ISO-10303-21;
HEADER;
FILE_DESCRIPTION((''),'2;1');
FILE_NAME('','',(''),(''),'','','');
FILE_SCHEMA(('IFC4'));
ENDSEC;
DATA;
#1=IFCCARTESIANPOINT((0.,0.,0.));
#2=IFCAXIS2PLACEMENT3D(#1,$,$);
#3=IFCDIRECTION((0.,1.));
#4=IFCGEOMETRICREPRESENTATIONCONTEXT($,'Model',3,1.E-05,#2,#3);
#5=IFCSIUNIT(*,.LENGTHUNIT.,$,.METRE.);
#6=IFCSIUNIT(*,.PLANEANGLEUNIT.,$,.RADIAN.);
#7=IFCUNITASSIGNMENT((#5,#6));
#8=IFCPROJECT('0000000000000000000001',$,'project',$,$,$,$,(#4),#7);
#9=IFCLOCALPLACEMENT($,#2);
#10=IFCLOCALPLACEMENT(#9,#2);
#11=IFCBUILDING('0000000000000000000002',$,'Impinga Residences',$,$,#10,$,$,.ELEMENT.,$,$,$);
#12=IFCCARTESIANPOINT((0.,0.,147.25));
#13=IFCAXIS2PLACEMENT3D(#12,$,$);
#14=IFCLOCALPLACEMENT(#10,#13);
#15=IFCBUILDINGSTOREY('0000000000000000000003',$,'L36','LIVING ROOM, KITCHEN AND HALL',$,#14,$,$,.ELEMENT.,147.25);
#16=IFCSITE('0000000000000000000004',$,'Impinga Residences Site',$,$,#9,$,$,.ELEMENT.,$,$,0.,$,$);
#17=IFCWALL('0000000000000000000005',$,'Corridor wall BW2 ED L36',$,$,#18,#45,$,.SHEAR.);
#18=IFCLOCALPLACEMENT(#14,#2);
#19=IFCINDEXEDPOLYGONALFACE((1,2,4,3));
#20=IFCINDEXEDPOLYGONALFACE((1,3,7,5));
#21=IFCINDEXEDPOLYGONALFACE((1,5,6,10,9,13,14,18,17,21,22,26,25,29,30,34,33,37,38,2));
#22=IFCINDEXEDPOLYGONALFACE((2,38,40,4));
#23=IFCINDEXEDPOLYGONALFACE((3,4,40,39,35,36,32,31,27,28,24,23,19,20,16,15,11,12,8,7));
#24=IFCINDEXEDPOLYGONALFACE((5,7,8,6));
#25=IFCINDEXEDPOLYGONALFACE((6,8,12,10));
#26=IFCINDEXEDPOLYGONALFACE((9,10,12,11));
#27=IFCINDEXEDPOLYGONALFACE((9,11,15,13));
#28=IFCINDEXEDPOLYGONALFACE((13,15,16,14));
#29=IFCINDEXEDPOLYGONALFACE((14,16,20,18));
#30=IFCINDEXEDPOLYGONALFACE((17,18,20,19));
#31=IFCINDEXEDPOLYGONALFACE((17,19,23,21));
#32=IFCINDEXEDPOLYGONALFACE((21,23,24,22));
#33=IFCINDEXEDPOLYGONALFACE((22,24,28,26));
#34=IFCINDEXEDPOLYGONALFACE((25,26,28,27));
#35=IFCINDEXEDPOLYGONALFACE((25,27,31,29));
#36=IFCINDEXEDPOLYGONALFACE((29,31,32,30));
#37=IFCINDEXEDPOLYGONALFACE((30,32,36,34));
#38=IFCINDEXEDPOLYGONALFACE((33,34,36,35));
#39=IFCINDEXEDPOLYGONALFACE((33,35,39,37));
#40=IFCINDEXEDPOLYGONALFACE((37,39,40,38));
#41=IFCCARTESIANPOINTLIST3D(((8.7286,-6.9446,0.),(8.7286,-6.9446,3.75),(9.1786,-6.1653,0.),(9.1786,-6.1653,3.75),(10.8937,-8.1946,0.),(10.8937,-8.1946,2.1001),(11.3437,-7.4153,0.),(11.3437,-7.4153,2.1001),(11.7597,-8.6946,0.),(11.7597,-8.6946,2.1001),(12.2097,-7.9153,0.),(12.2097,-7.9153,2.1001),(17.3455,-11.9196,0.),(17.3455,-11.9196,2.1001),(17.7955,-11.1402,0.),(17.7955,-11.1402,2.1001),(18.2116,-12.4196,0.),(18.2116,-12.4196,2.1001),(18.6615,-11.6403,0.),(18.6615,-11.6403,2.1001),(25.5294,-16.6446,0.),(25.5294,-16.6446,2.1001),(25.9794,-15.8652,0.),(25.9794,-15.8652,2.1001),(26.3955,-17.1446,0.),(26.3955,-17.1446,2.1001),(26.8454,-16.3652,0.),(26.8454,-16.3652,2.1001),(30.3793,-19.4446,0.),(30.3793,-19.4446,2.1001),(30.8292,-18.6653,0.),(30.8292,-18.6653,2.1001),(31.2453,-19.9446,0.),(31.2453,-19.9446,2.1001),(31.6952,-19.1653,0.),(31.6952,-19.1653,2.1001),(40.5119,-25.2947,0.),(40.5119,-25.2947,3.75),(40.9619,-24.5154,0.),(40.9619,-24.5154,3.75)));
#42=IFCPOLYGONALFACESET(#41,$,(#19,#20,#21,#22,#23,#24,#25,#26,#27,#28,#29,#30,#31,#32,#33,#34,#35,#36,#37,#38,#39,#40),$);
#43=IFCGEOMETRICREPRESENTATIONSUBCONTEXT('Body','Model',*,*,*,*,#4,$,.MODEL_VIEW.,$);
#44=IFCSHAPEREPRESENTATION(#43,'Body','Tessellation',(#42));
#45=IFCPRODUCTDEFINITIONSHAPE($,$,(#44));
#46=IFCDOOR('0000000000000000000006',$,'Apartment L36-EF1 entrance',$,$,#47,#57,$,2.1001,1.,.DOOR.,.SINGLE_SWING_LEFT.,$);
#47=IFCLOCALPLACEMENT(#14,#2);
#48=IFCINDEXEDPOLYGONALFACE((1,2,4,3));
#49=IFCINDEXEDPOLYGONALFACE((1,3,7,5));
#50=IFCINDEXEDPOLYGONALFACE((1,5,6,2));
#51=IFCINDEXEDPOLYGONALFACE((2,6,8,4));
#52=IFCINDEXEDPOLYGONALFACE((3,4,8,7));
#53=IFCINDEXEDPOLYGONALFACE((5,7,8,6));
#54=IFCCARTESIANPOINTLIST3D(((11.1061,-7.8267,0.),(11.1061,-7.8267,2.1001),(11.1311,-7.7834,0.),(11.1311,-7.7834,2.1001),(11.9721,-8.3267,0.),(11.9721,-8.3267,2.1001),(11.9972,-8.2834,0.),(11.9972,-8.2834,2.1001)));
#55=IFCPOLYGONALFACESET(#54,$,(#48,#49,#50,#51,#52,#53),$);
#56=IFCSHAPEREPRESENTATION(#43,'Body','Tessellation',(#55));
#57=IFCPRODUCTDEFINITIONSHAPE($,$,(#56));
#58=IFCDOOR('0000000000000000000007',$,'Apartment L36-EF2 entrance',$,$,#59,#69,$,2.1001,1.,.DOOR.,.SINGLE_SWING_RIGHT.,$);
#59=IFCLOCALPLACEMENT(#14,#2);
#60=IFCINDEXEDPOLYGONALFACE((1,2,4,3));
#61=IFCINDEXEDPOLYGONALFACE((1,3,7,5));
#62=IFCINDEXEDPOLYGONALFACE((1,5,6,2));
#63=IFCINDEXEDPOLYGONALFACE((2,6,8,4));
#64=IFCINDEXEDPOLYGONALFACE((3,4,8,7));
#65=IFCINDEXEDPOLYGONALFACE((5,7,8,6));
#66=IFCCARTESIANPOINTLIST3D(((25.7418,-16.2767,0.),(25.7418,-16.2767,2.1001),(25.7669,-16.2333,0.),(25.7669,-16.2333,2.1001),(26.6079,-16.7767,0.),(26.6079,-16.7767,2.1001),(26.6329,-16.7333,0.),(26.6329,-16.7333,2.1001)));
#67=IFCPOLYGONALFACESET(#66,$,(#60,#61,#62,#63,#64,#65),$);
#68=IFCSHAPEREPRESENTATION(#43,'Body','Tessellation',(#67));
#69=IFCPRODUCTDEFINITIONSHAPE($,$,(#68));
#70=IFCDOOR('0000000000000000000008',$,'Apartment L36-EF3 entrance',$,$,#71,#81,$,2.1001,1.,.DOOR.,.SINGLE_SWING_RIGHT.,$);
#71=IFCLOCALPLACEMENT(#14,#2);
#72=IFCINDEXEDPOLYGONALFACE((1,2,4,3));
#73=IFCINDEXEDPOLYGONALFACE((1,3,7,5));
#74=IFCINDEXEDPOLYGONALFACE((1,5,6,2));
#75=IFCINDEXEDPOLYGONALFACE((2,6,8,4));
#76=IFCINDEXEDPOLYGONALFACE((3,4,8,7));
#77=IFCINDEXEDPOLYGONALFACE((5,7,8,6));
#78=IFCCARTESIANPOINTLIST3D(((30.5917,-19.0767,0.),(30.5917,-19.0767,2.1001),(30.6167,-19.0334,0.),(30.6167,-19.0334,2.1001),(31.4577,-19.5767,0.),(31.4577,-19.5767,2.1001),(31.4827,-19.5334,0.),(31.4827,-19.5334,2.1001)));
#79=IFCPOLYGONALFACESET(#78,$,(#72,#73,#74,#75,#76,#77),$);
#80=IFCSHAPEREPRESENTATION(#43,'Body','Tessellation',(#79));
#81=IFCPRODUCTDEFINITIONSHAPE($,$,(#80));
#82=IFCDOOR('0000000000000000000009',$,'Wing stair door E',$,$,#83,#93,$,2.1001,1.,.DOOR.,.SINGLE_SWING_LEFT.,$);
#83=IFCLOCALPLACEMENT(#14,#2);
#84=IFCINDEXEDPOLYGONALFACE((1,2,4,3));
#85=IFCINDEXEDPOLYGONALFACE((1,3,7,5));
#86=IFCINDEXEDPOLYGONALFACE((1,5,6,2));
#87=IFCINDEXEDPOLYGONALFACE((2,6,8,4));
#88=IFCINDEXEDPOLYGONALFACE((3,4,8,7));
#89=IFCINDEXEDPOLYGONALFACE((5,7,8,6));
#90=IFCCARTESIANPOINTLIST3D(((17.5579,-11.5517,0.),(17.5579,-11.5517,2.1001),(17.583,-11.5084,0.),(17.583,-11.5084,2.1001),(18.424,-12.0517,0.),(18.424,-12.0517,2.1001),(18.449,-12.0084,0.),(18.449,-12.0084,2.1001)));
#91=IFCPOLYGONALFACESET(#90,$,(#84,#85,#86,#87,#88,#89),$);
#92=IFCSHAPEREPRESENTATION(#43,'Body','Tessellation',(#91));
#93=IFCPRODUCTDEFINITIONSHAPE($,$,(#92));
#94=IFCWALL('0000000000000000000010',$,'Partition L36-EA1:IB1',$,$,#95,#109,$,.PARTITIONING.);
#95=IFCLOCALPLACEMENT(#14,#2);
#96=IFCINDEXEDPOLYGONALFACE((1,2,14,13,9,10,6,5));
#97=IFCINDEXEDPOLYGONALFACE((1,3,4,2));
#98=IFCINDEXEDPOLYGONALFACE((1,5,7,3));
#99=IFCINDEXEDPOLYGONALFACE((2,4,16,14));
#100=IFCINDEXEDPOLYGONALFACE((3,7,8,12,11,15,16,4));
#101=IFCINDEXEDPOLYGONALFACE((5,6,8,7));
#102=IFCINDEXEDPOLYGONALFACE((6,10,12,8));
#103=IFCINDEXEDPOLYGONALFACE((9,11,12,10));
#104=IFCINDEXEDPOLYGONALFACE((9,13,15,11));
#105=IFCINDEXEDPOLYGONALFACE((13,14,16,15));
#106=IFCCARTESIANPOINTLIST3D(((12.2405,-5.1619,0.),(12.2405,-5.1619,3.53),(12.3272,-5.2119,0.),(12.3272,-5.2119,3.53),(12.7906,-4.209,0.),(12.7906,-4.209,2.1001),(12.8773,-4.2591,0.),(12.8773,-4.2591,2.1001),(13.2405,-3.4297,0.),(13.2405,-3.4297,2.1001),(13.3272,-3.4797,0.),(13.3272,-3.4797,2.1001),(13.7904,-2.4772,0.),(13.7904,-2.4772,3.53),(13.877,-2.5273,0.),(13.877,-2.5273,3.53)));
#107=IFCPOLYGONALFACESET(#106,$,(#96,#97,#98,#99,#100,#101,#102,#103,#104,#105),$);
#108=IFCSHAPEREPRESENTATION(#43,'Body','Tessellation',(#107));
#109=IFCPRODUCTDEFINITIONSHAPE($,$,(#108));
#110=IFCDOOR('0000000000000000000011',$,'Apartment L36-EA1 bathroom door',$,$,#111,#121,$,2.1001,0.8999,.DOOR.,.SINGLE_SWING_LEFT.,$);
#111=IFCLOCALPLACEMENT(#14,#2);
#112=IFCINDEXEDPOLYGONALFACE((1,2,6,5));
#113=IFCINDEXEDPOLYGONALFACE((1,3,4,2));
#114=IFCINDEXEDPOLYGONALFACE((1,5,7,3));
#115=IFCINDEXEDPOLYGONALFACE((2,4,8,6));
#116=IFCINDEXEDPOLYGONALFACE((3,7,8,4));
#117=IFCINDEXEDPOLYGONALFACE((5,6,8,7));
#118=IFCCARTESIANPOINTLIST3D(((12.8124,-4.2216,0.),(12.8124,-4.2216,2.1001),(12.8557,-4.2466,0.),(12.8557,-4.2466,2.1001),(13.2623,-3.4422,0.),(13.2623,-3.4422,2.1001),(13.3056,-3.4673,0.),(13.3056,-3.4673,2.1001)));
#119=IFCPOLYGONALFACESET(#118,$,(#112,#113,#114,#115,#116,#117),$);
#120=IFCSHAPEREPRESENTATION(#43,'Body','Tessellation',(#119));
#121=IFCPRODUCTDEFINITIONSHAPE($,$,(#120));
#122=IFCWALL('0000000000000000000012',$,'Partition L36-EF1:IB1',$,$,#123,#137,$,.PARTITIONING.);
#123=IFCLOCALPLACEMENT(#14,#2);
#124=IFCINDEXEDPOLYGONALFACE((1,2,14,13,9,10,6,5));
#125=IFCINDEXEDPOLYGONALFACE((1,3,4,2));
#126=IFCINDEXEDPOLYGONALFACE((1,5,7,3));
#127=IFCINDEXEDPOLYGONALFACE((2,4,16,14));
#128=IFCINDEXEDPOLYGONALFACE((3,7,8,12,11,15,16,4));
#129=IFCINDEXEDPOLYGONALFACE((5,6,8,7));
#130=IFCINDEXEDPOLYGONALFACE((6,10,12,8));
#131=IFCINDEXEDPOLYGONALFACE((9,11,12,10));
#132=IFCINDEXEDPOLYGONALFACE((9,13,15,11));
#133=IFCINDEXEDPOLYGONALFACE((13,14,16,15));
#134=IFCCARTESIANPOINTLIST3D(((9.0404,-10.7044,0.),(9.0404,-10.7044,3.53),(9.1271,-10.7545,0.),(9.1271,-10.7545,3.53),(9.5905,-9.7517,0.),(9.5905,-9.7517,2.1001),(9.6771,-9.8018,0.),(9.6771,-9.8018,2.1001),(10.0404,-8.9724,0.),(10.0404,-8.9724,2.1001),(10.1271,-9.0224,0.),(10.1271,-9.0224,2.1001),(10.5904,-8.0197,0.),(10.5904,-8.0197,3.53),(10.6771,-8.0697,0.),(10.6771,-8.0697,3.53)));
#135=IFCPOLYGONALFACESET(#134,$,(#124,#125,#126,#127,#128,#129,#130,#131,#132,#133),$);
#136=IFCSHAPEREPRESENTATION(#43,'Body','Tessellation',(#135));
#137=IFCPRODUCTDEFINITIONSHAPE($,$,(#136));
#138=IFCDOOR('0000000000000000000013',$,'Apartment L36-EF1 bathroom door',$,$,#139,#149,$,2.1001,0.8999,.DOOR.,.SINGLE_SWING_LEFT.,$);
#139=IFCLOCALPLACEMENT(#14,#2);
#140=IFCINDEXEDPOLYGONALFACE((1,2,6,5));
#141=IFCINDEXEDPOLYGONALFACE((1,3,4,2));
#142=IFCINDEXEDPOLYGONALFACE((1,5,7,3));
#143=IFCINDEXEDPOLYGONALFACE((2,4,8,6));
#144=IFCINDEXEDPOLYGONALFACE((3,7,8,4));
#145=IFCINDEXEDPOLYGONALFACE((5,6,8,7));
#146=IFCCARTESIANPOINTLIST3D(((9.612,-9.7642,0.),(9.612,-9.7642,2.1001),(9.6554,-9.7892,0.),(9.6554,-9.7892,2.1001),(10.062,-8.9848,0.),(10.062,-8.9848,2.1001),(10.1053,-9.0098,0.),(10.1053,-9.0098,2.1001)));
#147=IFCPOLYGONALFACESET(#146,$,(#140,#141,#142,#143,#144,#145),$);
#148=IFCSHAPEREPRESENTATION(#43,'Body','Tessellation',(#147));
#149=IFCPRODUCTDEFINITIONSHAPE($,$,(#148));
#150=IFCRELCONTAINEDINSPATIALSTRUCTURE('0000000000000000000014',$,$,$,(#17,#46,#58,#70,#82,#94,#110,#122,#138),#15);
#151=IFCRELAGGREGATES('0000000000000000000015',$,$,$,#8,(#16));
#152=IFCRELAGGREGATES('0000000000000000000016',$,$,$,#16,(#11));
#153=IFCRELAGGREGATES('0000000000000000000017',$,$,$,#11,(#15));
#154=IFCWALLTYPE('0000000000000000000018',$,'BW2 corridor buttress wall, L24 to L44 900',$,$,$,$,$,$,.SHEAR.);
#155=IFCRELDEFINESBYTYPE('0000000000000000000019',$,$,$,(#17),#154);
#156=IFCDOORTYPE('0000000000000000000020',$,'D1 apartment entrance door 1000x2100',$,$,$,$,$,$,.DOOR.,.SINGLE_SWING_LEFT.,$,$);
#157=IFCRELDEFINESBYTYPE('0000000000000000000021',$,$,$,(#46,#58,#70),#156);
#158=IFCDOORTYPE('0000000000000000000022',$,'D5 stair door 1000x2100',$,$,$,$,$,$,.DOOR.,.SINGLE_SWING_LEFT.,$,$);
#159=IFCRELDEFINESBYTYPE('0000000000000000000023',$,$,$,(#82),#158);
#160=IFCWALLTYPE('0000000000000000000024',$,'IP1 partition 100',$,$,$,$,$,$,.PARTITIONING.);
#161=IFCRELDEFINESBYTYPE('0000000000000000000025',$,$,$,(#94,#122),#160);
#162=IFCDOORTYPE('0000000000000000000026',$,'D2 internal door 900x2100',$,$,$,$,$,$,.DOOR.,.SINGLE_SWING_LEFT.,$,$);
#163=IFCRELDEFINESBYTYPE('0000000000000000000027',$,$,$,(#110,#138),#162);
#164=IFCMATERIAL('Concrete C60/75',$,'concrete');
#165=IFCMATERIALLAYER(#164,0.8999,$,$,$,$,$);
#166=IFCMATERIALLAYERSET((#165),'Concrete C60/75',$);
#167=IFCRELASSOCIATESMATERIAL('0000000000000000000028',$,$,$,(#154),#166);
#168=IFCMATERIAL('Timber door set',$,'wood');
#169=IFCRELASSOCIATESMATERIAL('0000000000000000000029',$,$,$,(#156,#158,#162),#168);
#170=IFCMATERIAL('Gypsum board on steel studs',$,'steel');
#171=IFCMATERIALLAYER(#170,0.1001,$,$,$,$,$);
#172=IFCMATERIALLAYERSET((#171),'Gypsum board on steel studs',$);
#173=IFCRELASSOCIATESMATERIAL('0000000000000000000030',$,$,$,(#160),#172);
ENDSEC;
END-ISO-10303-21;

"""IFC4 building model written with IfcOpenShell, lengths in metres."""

from ifc_helpers import new_model, si_unit, direction, frame, frame_2d, origin, place, context, subcontext, project, spatial, rectangle, extrude, material, layer, layer_set, type_object, element, fill, save


model = new_model("IFC4")

# Units and contexts
model_context = context("Model", 3, precision=1e-05, world=origin(), true_north=direction((0.0, 1.0)))
body_context = subcontext(model_context, "Body", "Model", "MODEL_VIEW")
ifc_project = project(units=[si_unit("LENGTHUNIT", "METRE"), si_unit("PLANEANGLEUNIT", "RADIAN")], contexts=[model_context])

# Site, building, storey
site_placement = place(None, origin())
site = spatial("IfcSite", under=ifc_project, at=site_placement, Name="Impinga Residences Site", CompositionType="ELEMENT", RefElevation=0.0)
building_placement = place(site_placement, origin())
building = spatial("IfcBuilding", under=site, at=building_placement, Name="Impinga Residences", CompositionType="ELEMENT")
storey_placement = place(building_placement, frame((0.0, 0.0, 147.25)))
storey = spatial("IfcBuildingStorey", under=building, at=storey_placement, Name="L36", Description="LIVING ROOM, KITCHEN AND HALL", CompositionType="ELEMENT", Elevation=147.25)

# Wall, openings, doors
ifc_material_1 = material(Name="Concrete C60/75", Category="concrete")
ifc_layer_1 = layer(ifc_material_1, 0.8999)
ifc_layer_set_1 = layer_set([ifc_layer_1], Name="Concrete C60/75")
wall_type_1 = type_object("IfcWallType", Name="BW2 corridor buttress wall, L24 to L44 900", PredefinedType="SHEAR", material=ifc_layer_set_1)
ifc_material_2 = material(Name="Timber door set", Category="wood")
door_type_1 = type_object("IfcDoorType", Name="D1 apartment entrance door 1000x2100", OperationType="SINGLE_SWING_LEFT", PredefinedType="DOOR", material=ifc_material_2)
wall_1_placement = place(storey_placement, frame((8.9536, -6.5549, 0.0), z_axis=(0.0, 0.0, 1.0), x_axis=(0.866025, -0.500001, 0.0)))
wall_1 = element("IfcWall", 1, at=wall_1_placement, inside=storey, type_object=wall_type_1, Name="Corridor wall BW2 ED L36", PredefinedType="SHEAR", context=body_context, shape_type="SweptSolid", body=[
    extrude(rectangle(XDim=36.7002, YDim=0.8999, at=frame_2d((18.3501, 0.0))), origin(), (0.0, 0.0, 1.0), 3.75),
])
opening_1_placement = place(wall_1_placement, frame((9.95, 0.0, 0.0)))
opening_1 = element("IfcOpeningElement", 2, at=opening_1_placement, cuts=wall_1, PredefinedType="OPENING", context=body_context, shape_type="SweptSolid", body=[
    extrude(rectangle(XDim=1.0, YDim=2.1001, at=frame_2d((0.5, 1.05))), frame((0.0, 0.46, 0.0), z_axis=(0.0, -1.0, 0.0), x_axis=(1.0, 0.0, 0.0)), (0.0, 0.0, 1.0), 0.9199),
])
opening_2_placement = place(wall_1_placement, frame((2.5, 0.0, 0.0)))
opening_2 = element("IfcOpeningElement", 3, at=opening_2_placement, cuts=wall_1, PredefinedType="OPENING", context=body_context, shape_type="SweptSolid", body=[
    extrude(rectangle(XDim=1.0, YDim=2.1001, at=frame_2d((0.5, 1.05))), frame((0.0, 0.46, 0.0), z_axis=(0.0, -1.0, 0.0), x_axis=(1.0, 0.0, 0.0)), (0.0, 0.0, 1.0), 0.9199),
])
opening_3_placement = place(wall_1_placement, frame((19.3999, 0.0, 0.0)))
opening_3 = element("IfcOpeningElement", 4, at=opening_3_placement, cuts=wall_1, PredefinedType="OPENING", context=body_context, shape_type="SweptSolid", body=[
    extrude(rectangle(XDim=1.0, YDim=2.1001, at=frame_2d((0.5, 1.05))), frame((0.0, 0.46, 0.0), z_axis=(0.0, -1.0, 0.0), x_axis=(1.0, 0.0, 0.0)), (0.0, 0.0, 1.0), 0.9199),
])
opening_4_placement = place(wall_1_placement, frame((25.0, 0.0, 0.0)))
opening_4 = element("IfcOpeningElement", 5, at=opening_4_placement, cuts=wall_1, PredefinedType="OPENING", context=body_context, shape_type="SweptSolid", body=[
    extrude(rectangle(XDim=1.0, YDim=2.1001, at=frame_2d((0.5, 1.05))), frame((0.0, 0.46, 0.0), z_axis=(0.0, -1.0, 0.0), x_axis=(1.0, 0.0, 0.0)), (0.0, 0.0, 1.0), 0.9199),
])
door_1_placement = place(opening_2_placement, origin())
door_1 = element("IfcDoor", 6, at=door_1_placement, inside=storey, type_object=door_type_1, Name="Apartment L36-EF1 entrance", OperationType="SINGLE_SWING_LEFT", OverallHeight=2.1001, OverallWidth=1.0, PredefinedType="DOOR", context=body_context, shape_type="SweptSolid", body=[
    extrude(rectangle(XDim=1.0, YDim=2.1001, at=frame_2d((0.5, 1.05))), frame((0.0, 0.0249, 0.0), z_axis=(0.0, -1.0, 0.0), x_axis=(1.0, 0.0, 0.0)), (0.0, 0.0, 1.0), 0.05),
])
fill(opening_2, door_1)
door_2_placement = place(opening_3_placement, origin())
door_2 = element("IfcDoor", 7, at=door_2_placement, inside=storey, type_object=door_type_1, Name="Apartment L36-EF2 entrance", OperationType="SINGLE_SWING_RIGHT", OverallHeight=2.1001, OverallWidth=1.0, PredefinedType="DOOR", context=body_context, shape_type="SweptSolid", body=[
    extrude(rectangle(XDim=1.0, YDim=2.1001, at=frame_2d((0.5, 1.05))), frame((0.0, 0.0249, 0.0), z_axis=(0.0, -1.0, 0.0), x_axis=(1.0, 0.0, 0.0)), (0.0, 0.0, 1.0), 0.05),
])
fill(opening_3, door_2)
door_3_placement = place(opening_4_placement, origin())
door_3 = element("IfcDoor", 8, at=door_3_placement, inside=storey, type_object=door_type_1, Name="Apartment L36-EF3 entrance", OperationType="SINGLE_SWING_RIGHT", OverallHeight=2.1001, OverallWidth=1.0, PredefinedType="DOOR", context=body_context, shape_type="SweptSolid", body=[
    extrude(rectangle(XDim=1.0, YDim=2.1001, at=frame_2d((0.5, 1.05))), frame((0.0, 0.0249, 0.0), z_axis=(0.0, -1.0, 0.0), x_axis=(1.0, 0.0, 0.0)), (0.0, 0.0, 1.0), 0.05),
])
fill(opening_4, door_3)
door_type_2 = type_object("IfcDoorType", Name="D5 stair door 1000x2100", OperationType="SINGLE_SWING_LEFT", PredefinedType="DOOR", material=ifc_material_2)
door_4_placement = place(opening_1_placement, origin())
door_4 = element("IfcDoor", 9, at=door_4_placement, inside=storey, type_object=door_type_2, Name="Wing stair door E", OperationType="SINGLE_SWING_LEFT", OverallHeight=2.1001, OverallWidth=1.0, PredefinedType="DOOR", context=body_context, shape_type="SweptSolid", body=[
    extrude(rectangle(XDim=1.0, YDim=2.1001, at=frame_2d((0.5, 1.05))), frame((0.0, 0.0249, 0.0), z_axis=(0.0, -1.0, 0.0), x_axis=(1.0, 0.0, 0.0)), (0.0, 0.0, 1.0), 0.05),
])
fill(opening_1, door_4)

# Walls, openings, doors
ifc_material_3 = material(Name="Gypsum board on steel studs", Category="steel")
ifc_layer_2 = layer(ifc_material_3, 0.1001)
ifc_layer_set_2 = layer_set([ifc_layer_2], Name="Gypsum board on steel studs")
wall_type_2 = type_object("IfcWallType", Name="IP1 partition 100", PredefinedType="PARTITIONING", material=ifc_layer_set_2)
wall_2_placement = place(storey_placement, frame((12.2839, -5.1868, 0.0), z_axis=(0.0, 0.0, 1.0), x_axis=(0.499968, 0.866044, 0.0)))
wall_2 = element("IfcWall", 10, at=wall_2_placement, inside=storey, type_object=wall_type_2, Name="Partition L36-EA1:IB1", PredefinedType="PARTITIONING", context=body_context, shape_type="SweptSolid", body=[
    extrude(rectangle(XDim=3.0999, YDim=0.1001, at=frame_2d((1.5498, 0.0))), origin(), (0.0, 0.0, 1.0), 3.53),
])
opening_5_placement = place(wall_2_placement, frame((1.1001, 0.0, 0.0)))
opening_5 = element("IfcOpeningElement", 11, at=opening_5_placement, cuts=wall_2, PredefinedType="OPENING", context=body_context, shape_type="SweptSolid", body=[
    extrude(rectangle(XDim=0.8999, YDim=2.1001, at=frame_2d((0.45, 1.05))), frame((0.0, 0.0601, 0.0), z_axis=(0.0, -1.0, 0.0), x_axis=(1.0, 0.0, 0.0)), (0.0, 0.0, 1.0), 0.1201),
])
door_type_3 = type_object("IfcDoorType", Name="D2 internal door 900x2100", OperationType="SINGLE_SWING_LEFT", PredefinedType="DOOR", material=ifc_material_2)
door_5_placement = place(opening_5_placement, origin())
door_5 = element("IfcDoor", 12, at=door_5_placement, inside=storey, type_object=door_type_3, Name="Apartment L36-EA1 bathroom door", OperationType="SINGLE_SWING_LEFT", OverallHeight=2.1001, OverallWidth=0.8999, PredefinedType="DOOR", context=body_context, shape_type="SweptSolid", body=[
    extrude(rectangle(XDim=0.8999, YDim=2.1001, at=frame_2d((0.45, 1.05))), frame((0.0, 0.0249, 0.0), z_axis=(0.0, -1.0, 0.0), x_axis=(1.0, 0.0, 0.0)), (0.0, 0.0, 1.0), 0.05),
])
fill(opening_5, door_5)
wall_3_placement = place(storey_placement, frame((10.6338, -8.0447, 0.0), z_axis=(0.0, 0.0, 1.0), x_axis=(-0.499993, -0.86603, 0.0)))
wall_3 = element("IfcWall", 13, at=wall_3_placement, inside=storey, type_object=wall_type_2, Name="Partition L36-EF1:IB1", PredefinedType="PARTITIONING", context=body_context, shape_type="SweptSolid", body=[
    extrude(rectangle(XDim=3.1001, YDim=0.1001, at=frame_2d((1.55, 0.0))), origin(), (0.0, 0.0, 1.0), 3.53),
])
opening_6_placement = place(wall_3_placement, frame((1.1001, 0.0, 0.0)))
opening_6 = element("IfcOpeningElement", 14, at=opening_6_placement, cuts=wall_3, PredefinedType="OPENING", context=body_context, shape_type="SweptSolid", body=[
    extrude(rectangle(XDim=0.8999, YDim=2.1001, at=frame_2d((0.45, 1.05))), frame((0.0, 0.0601, 0.0), z_axis=(0.0, -1.0, 0.0), x_axis=(1.0, 0.0, 0.0)), (0.0, 0.0, 1.0), 0.1201),
])
door_6_placement = place(opening_6_placement, origin())
door_6 = element("IfcDoor", 15, at=door_6_placement, inside=storey, type_object=door_type_3, Name="Apartment L36-EF1 bathroom door", OperationType="SINGLE_SWING_LEFT", OverallHeight=2.1001, OverallWidth=0.8999, PredefinedType="DOOR", context=body_context, shape_type="SweptSolid", body=[
    extrude(rectangle(XDim=0.8999, YDim=2.1001, at=frame_2d((0.45, 1.05))), frame((0.0, 0.0249, 0.0), z_axis=(0.0, -1.0, 0.0), x_axis=(1.0, 0.0, 0.0)), (0.0, 0.0, 1.0), 0.05),
])
fill(opening_6, door_6)

save(model, "model.ifc")
